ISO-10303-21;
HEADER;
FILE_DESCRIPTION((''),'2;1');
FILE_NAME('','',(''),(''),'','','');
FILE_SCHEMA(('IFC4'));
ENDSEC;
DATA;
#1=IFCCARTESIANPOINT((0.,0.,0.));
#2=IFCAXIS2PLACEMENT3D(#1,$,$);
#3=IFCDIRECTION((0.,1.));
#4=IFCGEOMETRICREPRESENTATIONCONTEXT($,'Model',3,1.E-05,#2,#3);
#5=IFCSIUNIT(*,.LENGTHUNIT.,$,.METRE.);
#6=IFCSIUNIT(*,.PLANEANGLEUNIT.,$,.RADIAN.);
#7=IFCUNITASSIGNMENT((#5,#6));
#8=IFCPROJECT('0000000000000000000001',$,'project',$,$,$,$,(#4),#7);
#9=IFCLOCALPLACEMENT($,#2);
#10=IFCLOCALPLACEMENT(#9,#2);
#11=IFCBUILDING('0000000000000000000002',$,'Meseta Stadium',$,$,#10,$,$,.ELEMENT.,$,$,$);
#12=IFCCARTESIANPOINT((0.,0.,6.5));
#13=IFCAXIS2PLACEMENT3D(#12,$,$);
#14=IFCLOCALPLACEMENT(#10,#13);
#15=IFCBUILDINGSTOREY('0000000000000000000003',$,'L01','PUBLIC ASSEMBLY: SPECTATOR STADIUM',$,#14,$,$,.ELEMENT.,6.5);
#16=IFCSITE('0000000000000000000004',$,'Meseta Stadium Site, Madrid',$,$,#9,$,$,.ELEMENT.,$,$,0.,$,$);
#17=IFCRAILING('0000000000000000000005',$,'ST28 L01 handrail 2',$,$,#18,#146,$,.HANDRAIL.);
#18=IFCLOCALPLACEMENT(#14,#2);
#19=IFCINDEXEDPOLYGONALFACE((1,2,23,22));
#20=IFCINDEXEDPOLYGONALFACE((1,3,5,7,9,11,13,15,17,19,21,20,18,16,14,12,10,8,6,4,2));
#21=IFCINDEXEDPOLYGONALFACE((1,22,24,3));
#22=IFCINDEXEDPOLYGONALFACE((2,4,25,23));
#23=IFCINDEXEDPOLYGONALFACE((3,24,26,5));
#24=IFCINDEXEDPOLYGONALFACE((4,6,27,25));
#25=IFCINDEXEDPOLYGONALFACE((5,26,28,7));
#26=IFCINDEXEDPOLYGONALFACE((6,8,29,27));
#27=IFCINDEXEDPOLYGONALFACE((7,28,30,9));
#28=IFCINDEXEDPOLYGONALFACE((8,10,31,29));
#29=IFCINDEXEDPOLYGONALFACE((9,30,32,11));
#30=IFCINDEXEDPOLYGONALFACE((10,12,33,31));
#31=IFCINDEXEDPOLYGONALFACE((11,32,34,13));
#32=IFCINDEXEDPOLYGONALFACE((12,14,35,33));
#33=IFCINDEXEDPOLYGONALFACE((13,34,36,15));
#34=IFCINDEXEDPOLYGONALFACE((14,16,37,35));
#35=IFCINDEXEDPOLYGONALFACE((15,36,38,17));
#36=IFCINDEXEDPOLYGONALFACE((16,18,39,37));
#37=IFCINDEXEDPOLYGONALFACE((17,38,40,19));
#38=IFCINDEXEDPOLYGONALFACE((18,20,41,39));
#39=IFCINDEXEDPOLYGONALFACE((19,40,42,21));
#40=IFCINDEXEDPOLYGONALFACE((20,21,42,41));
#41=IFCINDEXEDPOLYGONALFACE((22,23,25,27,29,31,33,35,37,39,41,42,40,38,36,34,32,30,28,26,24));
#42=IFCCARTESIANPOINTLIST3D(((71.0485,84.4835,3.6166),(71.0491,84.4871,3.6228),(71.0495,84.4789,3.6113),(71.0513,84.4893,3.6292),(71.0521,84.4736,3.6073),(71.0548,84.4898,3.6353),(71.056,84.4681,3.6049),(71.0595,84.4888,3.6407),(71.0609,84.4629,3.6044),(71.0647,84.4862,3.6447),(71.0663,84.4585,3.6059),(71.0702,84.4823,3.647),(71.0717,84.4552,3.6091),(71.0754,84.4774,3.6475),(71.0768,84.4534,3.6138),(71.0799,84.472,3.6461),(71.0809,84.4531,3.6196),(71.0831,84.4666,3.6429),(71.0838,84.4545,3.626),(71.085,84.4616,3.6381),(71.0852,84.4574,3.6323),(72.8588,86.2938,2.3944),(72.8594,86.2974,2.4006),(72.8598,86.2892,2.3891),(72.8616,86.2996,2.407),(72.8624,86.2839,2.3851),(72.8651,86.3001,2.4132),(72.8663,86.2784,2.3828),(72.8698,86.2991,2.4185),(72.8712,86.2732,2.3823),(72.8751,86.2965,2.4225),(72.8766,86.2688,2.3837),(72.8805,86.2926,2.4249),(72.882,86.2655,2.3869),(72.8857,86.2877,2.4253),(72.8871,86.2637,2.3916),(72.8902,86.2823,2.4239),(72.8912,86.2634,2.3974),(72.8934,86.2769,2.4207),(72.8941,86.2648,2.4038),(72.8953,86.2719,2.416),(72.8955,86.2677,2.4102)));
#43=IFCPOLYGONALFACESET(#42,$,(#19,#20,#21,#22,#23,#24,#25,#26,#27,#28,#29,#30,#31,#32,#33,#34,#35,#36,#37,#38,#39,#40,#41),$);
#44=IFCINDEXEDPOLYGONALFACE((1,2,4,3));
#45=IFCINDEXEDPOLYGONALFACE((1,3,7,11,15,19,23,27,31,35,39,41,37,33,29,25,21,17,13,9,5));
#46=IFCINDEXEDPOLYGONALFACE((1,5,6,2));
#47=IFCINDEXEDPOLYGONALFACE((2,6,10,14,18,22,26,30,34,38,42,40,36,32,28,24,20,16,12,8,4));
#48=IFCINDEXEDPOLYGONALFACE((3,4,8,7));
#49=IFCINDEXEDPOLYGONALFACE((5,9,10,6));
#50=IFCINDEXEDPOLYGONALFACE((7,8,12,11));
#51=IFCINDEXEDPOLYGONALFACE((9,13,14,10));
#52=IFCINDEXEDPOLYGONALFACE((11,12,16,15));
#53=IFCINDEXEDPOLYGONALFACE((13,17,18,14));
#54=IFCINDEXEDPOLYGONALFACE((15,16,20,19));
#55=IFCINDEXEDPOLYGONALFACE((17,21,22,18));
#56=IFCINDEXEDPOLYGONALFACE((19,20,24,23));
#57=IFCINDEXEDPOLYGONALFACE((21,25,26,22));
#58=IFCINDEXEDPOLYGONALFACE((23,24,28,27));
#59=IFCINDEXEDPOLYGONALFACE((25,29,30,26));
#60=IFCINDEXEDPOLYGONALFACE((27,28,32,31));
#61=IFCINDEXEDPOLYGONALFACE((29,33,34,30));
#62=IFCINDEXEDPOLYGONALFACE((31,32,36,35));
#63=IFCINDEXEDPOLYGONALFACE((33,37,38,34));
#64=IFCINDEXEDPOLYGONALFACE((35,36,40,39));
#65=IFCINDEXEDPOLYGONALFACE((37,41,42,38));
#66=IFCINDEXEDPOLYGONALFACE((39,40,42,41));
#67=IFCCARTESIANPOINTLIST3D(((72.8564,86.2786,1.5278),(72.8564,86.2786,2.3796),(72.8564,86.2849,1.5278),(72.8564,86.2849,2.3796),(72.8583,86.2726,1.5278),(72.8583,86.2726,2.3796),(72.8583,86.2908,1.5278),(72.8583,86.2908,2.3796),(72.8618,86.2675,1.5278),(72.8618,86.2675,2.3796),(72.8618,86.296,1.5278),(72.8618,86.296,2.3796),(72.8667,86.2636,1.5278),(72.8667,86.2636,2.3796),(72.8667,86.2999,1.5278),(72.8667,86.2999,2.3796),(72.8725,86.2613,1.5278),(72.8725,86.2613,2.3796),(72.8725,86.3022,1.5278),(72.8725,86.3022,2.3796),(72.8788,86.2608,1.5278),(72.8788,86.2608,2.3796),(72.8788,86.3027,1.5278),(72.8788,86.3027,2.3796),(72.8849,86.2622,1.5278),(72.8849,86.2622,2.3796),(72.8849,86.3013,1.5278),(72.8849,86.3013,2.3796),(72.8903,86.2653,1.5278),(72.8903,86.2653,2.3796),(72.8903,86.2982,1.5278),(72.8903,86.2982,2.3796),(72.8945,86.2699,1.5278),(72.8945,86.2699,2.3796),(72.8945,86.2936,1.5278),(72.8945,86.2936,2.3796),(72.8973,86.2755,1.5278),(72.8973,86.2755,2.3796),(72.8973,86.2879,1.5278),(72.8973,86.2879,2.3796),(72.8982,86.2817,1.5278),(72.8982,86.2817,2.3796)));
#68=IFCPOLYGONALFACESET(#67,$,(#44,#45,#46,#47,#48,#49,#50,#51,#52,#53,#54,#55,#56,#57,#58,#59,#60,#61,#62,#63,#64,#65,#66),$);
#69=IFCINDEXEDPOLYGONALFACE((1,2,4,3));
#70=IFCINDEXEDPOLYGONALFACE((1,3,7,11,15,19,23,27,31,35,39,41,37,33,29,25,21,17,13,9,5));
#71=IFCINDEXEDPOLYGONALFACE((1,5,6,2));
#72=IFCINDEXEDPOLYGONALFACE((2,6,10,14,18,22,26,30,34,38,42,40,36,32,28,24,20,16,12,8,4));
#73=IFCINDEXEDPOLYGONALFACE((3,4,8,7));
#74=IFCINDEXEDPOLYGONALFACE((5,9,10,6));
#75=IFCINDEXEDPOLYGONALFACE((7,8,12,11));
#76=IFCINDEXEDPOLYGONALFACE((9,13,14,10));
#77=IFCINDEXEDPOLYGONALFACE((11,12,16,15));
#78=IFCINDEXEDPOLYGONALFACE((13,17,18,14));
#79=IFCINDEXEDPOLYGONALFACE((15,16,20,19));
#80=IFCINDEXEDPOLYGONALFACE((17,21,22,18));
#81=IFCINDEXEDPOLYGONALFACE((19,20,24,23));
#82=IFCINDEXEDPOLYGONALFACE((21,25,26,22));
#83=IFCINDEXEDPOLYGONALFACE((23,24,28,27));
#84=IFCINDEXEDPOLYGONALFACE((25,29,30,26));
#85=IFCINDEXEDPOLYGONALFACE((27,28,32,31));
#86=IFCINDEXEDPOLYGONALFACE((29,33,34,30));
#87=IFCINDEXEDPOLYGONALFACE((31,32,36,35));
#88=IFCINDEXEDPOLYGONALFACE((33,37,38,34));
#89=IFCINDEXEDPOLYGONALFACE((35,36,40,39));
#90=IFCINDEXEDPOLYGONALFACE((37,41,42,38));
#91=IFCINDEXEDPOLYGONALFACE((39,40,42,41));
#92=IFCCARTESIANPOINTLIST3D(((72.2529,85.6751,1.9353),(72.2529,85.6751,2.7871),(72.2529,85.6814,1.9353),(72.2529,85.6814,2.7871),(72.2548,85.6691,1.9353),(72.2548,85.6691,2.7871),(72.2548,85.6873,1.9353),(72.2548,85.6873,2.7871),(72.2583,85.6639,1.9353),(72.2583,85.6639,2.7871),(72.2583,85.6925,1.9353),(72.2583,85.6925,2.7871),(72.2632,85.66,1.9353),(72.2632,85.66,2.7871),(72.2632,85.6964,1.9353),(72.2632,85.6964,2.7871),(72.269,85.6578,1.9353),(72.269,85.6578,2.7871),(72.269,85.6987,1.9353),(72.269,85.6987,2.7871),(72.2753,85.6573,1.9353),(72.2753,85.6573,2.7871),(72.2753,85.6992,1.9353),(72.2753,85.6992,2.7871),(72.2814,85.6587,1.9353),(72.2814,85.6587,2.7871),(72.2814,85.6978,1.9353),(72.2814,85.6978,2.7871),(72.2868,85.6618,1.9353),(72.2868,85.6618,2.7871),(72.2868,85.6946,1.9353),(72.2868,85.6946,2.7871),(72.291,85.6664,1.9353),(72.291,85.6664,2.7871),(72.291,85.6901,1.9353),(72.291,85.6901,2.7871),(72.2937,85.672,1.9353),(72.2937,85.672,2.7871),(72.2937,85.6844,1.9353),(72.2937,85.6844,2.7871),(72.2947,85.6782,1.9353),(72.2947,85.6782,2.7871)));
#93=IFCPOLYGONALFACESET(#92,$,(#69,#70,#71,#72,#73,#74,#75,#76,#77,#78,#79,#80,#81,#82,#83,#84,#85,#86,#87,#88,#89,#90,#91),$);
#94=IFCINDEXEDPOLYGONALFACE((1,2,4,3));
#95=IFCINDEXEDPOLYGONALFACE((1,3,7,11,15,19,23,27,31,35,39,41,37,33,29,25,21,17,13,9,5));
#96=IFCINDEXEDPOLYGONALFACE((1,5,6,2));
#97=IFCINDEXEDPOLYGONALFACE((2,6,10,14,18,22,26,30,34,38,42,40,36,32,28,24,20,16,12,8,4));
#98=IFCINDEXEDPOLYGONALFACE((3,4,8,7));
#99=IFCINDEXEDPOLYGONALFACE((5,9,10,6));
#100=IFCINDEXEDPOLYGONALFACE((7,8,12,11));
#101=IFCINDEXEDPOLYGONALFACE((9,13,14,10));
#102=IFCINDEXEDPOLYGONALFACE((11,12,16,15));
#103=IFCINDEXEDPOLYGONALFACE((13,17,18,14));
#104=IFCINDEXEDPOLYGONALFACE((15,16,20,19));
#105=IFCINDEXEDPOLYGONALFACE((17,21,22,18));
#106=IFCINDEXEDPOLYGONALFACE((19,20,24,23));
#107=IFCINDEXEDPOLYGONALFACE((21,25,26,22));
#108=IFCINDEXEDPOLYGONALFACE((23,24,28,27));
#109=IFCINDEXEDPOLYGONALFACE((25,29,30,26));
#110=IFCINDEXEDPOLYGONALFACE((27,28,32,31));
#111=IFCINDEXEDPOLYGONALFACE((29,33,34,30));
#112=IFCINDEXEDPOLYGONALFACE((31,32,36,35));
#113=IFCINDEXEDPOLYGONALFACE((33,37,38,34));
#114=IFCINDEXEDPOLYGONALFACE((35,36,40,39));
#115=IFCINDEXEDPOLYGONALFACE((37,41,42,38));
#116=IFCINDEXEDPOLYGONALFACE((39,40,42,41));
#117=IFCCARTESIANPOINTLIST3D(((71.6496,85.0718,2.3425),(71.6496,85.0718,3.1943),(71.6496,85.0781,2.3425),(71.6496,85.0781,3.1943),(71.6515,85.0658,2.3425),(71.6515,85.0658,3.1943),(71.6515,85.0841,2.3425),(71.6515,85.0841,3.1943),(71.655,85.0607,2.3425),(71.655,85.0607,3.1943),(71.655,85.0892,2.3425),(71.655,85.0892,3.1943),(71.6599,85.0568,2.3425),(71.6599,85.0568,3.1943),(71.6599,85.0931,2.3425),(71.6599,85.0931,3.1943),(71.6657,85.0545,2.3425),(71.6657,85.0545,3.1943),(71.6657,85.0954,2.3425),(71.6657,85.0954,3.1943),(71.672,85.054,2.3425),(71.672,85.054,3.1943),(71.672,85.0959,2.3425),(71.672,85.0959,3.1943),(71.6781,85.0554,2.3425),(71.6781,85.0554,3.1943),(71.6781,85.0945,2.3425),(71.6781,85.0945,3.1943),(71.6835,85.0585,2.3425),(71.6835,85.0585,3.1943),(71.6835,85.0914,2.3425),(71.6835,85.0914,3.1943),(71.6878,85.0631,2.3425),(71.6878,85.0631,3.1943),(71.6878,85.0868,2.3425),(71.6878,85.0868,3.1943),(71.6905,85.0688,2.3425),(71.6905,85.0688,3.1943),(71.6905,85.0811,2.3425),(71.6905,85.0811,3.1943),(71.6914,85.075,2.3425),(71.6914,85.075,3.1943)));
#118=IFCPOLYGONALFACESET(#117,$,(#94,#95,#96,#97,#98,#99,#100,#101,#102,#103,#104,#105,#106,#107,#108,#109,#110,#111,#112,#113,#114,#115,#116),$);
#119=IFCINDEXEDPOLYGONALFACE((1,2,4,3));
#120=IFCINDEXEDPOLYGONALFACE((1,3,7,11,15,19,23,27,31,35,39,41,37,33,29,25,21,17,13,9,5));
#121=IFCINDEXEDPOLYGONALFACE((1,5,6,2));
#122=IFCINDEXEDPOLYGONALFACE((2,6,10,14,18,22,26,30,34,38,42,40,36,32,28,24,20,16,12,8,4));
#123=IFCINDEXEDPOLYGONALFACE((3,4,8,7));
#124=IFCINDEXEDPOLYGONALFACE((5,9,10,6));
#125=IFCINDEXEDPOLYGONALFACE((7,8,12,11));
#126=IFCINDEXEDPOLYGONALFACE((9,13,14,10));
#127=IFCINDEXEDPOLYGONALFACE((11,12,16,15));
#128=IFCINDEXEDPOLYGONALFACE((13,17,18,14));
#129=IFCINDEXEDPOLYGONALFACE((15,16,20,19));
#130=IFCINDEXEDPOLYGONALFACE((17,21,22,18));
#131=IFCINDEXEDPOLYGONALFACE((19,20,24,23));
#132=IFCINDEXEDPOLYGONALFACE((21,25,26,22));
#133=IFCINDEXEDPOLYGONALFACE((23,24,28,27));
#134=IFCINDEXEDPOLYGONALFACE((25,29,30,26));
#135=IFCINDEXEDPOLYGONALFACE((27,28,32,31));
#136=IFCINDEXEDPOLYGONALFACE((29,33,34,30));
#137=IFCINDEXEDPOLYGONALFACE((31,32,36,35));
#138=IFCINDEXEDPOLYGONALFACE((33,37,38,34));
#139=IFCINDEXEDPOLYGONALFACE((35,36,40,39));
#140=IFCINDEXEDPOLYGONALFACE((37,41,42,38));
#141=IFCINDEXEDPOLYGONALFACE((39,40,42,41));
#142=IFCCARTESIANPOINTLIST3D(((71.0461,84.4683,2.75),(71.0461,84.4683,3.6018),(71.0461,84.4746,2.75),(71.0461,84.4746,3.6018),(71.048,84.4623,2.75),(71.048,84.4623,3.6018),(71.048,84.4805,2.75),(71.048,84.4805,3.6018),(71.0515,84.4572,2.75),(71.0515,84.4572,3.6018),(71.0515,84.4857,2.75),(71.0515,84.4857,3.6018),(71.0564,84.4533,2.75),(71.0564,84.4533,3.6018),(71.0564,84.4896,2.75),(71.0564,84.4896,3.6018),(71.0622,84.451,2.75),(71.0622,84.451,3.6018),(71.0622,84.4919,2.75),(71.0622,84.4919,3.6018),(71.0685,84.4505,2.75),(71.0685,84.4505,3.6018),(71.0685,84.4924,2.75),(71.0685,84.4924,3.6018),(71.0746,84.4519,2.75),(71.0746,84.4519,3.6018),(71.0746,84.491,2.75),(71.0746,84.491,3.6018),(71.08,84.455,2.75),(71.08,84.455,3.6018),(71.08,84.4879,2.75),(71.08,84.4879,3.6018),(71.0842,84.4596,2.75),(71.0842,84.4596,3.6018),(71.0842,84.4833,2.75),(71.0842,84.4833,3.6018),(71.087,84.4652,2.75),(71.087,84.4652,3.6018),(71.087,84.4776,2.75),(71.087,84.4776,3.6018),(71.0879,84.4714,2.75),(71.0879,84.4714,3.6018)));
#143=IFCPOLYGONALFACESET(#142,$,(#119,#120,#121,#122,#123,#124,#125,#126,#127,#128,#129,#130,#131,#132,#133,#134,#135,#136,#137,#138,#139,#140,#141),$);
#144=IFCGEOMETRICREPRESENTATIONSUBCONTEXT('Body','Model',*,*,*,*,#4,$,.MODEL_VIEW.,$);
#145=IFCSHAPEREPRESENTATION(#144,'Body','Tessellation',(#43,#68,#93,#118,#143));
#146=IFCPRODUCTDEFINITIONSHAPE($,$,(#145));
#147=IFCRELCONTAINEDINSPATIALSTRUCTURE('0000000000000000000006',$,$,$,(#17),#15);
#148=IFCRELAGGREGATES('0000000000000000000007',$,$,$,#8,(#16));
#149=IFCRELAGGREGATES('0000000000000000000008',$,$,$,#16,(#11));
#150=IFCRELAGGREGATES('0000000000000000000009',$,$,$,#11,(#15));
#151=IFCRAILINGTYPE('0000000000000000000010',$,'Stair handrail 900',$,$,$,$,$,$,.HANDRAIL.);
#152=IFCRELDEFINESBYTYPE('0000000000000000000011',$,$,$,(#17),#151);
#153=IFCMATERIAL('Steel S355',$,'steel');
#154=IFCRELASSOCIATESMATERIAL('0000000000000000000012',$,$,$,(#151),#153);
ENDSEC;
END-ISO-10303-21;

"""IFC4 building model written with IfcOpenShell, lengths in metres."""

from ifc_helpers import new_model, si_unit, direction, frame, origin, origin_2d, place, context, subcontext, project, spatial, circle, extrude, material, type_object, element, save


model = new_model("IFC4")

# Units and contexts
model_context = context("Model", 3, precision=1e-05, world=origin(), true_north=direction((0.0, 1.0)))
body_context = subcontext(model_context, "Body", "Model", "MODEL_VIEW")
ifc_project = project(units=[si_unit("LENGTHUNIT", "METRE"), si_unit("PLANEANGLEUNIT", "RADIAN")], contexts=[model_context])

# Site, building, storey
site_placement = place(None, origin())
site = spatial("IfcSite", under=ifc_project, at=site_placement, Name="Meseta Stadium Site, Madrid", CompositionType="ELEMENT", RefElevation=0.0)
building_placement = place(site_placement, origin())
building = spatial("IfcBuilding", under=site, at=building_placement, Name="Meseta Stadium", CompositionType="ELEMENT")
storey_placement = place(building_placement, frame((0.0, 0.0, 6.5)))
storey = spatial("IfcBuildingStorey", under=building, at=storey_placement, Name="L01", Description="PUBLIC ASSEMBLY: SPECTATOR STADIUM", CompositionType="ELEMENT", Elevation=6.5)

# Railing
ifc_material_1 = material(Name="Steel S355", Category="steel")
railing_type_1 = type_object("IfcRailingType", Name="Stair handrail 900", PredefinedType="HANDRAIL", material=ifc_material_1)
for number, where, name in (
    (1, (72.8772, 86.2817, 1.5278), "ST28 L01 handrail 2"),
):
    element("IfcRailing", number, at=place(storey_placement, frame(where)), inside=storey, type_object=railing_type_1, Name=name, PredefinedType="HANDRAIL", context=body_context, shape_type="SweptSolid", body=[
        extrude(circle(Radius=0.0239, at=origin_2d()), frame((0.0, 0.0, 0.876), z_axis=(-0.638124, -0.638124, 0.430809), x_axis=(0.707107, -0.707107, 0.0)), (0.0, 0.0, 1.0), 2.8369),
        extrude(circle(Radius=0.021, at=origin_2d()), origin(), (0.0, 0.0, 1.0), 0.8518),
        extrude(circle(Radius=0.021, at=origin_2d()), frame((-0.6035, -0.6035, 0.4075)), (0.0, 0.0, 1.0), 0.8518),
        extrude(circle(Radius=0.021, at=origin_2d()), frame((-1.2068, -1.2068, 0.8147)), (0.0, 0.0, 1.0), 0.8518),
        extrude(circle(Radius=0.021, at=origin_2d()), frame((-1.8103, -1.8103, 1.2222)), (0.0, 0.0, 1.0), 0.8518),
    ])

save(model, "model.ifc")
